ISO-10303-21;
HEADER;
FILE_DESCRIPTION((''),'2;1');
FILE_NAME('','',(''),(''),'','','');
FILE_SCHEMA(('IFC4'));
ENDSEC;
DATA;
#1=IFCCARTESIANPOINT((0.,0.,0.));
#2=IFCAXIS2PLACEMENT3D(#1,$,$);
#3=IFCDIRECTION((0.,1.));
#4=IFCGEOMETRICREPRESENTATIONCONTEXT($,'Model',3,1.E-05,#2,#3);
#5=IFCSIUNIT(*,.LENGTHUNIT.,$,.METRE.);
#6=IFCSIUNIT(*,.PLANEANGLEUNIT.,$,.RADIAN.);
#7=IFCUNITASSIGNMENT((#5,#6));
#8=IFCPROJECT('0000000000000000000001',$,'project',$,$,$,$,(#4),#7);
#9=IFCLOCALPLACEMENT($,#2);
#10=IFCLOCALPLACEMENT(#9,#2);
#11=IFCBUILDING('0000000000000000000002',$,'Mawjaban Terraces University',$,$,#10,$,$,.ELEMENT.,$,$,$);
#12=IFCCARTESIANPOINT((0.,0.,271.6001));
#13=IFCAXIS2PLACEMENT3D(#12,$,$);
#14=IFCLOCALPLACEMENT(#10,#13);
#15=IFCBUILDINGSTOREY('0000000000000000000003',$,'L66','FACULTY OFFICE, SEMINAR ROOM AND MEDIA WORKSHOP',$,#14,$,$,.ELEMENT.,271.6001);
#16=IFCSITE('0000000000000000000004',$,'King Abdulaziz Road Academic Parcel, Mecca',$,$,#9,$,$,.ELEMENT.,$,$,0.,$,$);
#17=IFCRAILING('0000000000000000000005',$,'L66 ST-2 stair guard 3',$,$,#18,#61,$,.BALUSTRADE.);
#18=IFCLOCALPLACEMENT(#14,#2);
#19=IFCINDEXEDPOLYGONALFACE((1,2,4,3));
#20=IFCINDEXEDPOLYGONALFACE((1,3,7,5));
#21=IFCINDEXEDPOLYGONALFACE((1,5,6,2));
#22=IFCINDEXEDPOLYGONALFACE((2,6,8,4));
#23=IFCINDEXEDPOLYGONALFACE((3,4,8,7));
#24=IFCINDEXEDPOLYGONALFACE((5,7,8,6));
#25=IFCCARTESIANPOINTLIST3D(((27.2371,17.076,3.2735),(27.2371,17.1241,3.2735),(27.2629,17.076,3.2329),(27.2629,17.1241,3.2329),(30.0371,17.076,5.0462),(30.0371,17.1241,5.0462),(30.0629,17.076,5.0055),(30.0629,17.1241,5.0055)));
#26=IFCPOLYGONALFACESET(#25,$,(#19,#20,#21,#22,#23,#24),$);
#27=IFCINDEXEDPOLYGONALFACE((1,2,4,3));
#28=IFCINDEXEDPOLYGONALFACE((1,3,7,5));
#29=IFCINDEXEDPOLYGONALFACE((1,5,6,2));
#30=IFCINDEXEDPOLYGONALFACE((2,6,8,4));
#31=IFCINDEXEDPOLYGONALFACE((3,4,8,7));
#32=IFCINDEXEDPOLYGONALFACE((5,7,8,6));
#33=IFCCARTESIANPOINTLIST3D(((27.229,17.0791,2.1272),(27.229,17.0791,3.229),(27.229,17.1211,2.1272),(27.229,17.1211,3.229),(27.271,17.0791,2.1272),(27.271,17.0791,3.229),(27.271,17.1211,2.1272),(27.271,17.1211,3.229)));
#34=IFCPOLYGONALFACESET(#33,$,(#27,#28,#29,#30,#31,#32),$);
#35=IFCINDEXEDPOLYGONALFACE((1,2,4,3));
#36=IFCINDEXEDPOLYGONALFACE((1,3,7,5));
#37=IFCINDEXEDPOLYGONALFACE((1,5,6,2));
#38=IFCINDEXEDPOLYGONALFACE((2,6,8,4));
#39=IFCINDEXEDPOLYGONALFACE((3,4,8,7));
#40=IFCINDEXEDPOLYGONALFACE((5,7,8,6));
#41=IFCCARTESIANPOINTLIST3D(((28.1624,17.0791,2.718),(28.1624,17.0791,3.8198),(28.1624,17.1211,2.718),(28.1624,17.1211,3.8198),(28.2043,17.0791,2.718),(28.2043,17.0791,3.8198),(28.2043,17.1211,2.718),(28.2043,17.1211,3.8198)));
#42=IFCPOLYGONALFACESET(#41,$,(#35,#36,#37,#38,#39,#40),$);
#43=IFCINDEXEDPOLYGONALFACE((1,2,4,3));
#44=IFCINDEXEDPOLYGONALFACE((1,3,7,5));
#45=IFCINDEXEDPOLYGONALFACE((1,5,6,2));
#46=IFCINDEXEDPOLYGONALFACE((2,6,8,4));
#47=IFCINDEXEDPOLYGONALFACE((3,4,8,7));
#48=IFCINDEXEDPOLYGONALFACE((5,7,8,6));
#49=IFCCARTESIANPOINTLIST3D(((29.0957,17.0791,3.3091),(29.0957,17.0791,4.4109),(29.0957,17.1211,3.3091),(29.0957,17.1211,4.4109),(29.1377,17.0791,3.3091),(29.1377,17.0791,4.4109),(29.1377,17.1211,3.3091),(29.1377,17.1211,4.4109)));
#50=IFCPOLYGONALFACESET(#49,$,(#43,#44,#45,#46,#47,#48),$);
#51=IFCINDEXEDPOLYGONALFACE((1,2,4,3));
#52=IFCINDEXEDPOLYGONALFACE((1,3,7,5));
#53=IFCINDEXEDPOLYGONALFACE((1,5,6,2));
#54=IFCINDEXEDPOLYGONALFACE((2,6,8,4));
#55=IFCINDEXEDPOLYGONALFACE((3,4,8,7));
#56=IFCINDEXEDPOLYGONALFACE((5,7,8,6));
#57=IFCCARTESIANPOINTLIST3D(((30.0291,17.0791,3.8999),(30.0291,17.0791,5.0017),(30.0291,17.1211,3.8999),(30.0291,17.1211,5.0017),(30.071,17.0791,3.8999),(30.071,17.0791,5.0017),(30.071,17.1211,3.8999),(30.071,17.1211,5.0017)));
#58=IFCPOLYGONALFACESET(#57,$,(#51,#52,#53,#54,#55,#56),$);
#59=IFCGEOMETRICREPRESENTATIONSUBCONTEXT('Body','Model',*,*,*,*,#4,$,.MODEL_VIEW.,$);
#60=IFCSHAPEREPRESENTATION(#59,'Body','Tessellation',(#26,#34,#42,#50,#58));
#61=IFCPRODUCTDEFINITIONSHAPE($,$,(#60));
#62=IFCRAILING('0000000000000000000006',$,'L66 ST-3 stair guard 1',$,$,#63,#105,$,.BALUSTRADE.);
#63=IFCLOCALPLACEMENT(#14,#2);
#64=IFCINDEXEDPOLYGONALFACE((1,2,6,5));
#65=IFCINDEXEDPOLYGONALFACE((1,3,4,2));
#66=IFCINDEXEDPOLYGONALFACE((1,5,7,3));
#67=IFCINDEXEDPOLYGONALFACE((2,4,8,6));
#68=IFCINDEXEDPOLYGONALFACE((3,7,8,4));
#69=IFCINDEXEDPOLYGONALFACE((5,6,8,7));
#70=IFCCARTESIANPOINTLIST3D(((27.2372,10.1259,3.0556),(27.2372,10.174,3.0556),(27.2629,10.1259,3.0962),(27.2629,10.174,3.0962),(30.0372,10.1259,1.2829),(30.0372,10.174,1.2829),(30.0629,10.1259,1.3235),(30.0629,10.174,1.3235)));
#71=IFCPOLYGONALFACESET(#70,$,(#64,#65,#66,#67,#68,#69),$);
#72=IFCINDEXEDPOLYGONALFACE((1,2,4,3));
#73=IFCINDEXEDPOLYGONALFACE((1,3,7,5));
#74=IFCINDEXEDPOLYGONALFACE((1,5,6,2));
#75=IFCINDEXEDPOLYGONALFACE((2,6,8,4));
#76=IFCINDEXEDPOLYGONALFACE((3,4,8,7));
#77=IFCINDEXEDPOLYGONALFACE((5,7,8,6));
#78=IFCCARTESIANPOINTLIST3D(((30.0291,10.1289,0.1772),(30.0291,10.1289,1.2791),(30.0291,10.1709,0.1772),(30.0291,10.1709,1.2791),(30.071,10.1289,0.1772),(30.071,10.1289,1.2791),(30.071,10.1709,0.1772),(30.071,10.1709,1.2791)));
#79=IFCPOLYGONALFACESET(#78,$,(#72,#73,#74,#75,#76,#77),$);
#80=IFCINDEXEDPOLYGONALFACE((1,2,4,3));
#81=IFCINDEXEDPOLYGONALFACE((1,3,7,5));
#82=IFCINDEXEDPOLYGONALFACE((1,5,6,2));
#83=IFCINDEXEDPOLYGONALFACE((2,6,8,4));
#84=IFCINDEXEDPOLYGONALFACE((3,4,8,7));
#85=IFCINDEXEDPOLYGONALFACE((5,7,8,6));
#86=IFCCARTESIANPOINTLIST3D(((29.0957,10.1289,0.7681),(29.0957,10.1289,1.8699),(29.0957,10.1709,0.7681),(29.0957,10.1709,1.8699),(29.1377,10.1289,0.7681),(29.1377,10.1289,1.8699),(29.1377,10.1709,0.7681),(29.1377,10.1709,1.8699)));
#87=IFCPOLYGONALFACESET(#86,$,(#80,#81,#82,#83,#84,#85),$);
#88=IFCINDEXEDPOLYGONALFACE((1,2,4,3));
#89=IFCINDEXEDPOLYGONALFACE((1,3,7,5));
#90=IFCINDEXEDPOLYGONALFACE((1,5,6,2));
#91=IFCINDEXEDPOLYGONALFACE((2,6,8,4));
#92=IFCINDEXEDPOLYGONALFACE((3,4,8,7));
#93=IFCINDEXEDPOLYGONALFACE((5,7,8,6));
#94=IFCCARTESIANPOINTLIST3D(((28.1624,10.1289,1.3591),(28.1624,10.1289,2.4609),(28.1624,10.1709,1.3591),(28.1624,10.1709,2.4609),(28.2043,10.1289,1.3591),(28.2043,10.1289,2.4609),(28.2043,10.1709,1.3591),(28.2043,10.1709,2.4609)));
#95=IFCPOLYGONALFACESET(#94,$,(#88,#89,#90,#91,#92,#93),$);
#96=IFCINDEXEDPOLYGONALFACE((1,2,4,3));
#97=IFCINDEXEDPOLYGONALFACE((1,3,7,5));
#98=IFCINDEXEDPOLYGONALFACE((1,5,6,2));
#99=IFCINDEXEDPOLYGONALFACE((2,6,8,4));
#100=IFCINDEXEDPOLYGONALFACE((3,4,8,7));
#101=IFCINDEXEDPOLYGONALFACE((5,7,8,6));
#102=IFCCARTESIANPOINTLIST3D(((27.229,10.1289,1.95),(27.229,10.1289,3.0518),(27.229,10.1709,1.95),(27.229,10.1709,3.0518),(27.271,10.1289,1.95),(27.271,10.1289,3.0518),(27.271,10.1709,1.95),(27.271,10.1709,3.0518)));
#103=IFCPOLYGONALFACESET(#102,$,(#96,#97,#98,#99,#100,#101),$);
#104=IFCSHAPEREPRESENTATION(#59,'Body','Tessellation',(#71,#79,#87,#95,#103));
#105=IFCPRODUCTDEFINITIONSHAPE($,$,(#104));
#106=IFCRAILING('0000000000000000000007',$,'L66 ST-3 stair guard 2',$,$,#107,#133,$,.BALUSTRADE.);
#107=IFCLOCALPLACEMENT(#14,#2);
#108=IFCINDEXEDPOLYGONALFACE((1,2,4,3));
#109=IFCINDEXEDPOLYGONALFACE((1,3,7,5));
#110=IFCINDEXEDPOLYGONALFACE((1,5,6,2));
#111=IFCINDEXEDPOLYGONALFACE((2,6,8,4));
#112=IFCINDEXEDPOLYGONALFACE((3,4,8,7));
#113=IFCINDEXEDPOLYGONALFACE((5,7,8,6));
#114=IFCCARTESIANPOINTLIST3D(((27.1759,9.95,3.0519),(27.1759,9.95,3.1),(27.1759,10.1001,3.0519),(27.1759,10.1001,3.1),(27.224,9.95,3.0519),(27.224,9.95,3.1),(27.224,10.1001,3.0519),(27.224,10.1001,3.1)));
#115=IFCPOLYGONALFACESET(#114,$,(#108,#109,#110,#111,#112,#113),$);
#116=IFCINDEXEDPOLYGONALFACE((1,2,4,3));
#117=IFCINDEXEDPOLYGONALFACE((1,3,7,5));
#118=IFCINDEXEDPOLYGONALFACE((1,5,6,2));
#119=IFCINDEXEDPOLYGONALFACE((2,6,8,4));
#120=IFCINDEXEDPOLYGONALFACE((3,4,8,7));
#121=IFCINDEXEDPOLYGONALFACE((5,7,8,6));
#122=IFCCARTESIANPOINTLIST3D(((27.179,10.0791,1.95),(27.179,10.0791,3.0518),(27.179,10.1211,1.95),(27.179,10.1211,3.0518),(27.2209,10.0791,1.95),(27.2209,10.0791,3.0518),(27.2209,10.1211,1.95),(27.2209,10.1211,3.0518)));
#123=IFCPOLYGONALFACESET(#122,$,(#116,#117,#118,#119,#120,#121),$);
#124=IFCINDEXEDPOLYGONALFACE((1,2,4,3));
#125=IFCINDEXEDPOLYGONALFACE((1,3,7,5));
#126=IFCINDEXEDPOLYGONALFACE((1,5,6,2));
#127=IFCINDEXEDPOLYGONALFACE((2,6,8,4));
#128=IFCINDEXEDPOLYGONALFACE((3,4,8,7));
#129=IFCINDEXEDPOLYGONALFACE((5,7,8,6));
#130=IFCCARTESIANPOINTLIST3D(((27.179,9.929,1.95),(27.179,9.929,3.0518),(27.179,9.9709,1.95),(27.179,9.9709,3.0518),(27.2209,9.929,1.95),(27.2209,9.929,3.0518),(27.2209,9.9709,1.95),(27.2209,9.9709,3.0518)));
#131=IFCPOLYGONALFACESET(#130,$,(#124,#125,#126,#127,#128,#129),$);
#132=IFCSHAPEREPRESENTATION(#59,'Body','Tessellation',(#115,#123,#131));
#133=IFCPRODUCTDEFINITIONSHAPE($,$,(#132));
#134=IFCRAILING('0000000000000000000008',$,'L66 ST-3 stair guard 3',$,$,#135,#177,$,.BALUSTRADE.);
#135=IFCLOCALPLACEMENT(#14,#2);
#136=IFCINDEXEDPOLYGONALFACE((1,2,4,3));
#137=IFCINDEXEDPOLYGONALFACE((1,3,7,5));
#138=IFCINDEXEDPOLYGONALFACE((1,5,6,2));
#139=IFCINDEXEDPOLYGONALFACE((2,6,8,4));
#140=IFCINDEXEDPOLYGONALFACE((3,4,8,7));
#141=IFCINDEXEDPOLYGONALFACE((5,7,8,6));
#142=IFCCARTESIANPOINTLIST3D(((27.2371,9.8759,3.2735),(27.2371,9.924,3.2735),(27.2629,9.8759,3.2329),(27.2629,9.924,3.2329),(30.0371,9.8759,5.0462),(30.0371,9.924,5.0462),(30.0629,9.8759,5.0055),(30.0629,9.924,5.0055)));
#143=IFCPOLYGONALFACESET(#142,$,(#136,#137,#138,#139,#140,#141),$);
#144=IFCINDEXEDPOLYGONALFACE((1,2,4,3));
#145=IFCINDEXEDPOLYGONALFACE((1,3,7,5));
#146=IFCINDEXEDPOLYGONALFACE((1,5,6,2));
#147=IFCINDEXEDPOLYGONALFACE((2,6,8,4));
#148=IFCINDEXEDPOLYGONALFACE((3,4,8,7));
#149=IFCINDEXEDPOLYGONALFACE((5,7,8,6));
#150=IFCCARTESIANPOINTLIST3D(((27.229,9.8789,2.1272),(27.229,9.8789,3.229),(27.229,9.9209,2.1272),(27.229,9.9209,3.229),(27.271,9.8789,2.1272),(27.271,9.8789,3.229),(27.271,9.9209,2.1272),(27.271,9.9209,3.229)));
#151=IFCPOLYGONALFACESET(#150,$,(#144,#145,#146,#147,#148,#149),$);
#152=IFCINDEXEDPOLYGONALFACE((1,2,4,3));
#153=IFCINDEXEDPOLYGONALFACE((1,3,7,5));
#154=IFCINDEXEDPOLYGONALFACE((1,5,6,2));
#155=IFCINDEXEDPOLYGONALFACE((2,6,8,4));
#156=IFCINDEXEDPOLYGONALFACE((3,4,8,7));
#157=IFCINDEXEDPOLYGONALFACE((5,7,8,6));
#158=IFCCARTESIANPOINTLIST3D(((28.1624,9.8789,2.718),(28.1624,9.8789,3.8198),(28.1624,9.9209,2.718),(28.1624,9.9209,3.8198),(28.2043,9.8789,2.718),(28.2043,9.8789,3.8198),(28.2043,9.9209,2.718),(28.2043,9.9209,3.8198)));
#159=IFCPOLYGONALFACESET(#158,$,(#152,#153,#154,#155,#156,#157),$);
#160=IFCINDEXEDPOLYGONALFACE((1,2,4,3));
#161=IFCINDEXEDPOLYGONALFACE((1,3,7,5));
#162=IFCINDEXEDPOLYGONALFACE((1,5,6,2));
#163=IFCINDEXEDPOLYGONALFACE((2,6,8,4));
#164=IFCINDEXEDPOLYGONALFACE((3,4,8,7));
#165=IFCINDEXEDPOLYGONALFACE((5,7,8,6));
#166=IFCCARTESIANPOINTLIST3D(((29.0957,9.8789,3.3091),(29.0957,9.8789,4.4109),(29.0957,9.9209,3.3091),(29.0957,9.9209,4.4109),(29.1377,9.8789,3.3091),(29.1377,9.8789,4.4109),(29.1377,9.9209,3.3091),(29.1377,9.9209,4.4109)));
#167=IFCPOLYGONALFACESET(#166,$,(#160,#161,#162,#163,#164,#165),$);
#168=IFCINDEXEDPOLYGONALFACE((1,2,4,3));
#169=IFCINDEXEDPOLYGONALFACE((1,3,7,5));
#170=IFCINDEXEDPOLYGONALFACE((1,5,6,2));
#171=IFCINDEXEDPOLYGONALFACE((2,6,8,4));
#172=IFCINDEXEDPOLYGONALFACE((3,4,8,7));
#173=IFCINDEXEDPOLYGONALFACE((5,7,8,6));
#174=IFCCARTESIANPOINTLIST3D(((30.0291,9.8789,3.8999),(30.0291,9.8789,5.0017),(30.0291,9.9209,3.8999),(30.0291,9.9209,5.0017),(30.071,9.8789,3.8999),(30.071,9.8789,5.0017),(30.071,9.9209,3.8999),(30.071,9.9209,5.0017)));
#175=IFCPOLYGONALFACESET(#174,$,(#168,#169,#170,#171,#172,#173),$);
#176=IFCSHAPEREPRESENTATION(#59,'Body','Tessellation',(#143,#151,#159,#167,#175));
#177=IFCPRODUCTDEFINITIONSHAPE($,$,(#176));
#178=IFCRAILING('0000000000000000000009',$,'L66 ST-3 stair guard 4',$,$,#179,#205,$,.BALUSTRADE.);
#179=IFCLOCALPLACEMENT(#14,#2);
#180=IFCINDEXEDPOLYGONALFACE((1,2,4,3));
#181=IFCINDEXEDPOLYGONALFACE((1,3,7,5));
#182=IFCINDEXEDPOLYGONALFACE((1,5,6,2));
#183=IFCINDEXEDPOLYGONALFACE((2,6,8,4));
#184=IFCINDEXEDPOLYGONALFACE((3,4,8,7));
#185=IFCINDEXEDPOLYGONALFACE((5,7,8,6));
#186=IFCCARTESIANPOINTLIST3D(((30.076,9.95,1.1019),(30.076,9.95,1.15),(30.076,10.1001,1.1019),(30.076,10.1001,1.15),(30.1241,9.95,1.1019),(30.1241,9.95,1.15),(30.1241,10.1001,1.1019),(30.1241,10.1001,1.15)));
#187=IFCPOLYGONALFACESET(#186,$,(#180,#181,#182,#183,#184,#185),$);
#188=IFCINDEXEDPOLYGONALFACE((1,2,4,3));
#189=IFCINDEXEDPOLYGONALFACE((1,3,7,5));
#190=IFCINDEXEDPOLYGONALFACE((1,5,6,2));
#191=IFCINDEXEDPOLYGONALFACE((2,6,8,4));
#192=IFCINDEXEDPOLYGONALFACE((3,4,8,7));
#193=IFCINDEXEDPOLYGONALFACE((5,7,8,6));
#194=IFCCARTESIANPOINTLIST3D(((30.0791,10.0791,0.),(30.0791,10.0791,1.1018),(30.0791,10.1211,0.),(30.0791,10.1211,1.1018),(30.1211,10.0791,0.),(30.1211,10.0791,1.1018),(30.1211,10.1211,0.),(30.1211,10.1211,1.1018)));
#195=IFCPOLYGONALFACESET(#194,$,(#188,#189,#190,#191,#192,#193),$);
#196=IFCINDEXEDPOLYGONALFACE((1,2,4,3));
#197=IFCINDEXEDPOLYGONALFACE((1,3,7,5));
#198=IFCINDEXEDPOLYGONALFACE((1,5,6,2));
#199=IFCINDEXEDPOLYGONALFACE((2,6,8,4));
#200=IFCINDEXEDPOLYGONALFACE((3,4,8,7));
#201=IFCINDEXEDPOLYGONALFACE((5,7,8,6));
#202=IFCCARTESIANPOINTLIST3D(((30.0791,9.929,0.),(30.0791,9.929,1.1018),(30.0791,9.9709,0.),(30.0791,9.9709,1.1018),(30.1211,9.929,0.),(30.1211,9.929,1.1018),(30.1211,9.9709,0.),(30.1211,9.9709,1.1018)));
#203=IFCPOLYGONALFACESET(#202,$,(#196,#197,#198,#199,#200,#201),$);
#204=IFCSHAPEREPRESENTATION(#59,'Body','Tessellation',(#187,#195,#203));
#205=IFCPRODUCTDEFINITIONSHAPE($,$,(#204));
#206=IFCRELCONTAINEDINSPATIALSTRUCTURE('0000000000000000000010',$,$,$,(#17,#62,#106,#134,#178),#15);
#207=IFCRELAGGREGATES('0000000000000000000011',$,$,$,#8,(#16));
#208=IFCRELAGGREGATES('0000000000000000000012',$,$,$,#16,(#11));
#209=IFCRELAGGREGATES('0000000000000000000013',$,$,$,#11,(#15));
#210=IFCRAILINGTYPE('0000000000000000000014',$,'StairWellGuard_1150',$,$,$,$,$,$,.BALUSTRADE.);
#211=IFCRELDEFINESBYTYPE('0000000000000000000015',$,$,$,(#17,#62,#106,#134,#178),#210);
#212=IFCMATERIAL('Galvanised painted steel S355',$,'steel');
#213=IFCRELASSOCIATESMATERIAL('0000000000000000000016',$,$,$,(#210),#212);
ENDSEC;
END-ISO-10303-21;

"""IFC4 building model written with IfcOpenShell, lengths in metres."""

from ifc_helpers import new_model, si_unit, direction, frame, origin, origin_2d, place, context, subcontext, project, spatial, rectangle, extrude, material, type_object, element, save


model = new_model("IFC4")

# Units and contexts
model_context = context("Model", 3, precision=1e-05, world=origin(), true_north=direction((0.0, 1.0)))
body_context = subcontext(model_context, "Body", "Model", "MODEL_VIEW")
ifc_project = project(units=[si_unit("LENGTHUNIT", "METRE"), si_unit("PLANEANGLEUNIT", "RADIAN")], contexts=[model_context])

# Site, building, storey
site_placement = place(None, origin())
site = spatial("IfcSite", under=ifc_project, at=site_placement, Name="King Abdulaziz Road Academic Parcel, Mecca", CompositionType="ELEMENT", RefElevation=0.0)
building_placement = place(site_placement, origin())
building = spatial("IfcBuilding", under=site, at=building_placement, Name="Mawjaban Terraces University", CompositionType="ELEMENT")
storey_placement = place(building_placement, frame((0.0, 0.0, 271.6001)))
storey = spatial("IfcBuildingStorey", under=building, at=storey_placement, Name="L66", Description="FACULTY OFFICE, SEMINAR ROOM AND MEDIA WORKSHOP", CompositionType="ELEMENT", Elevation=271.6001)

# Railings
ifc_material_1 = material(Name="Galvanised painted steel S355", Category="steel")
railing_type_1 = type_object("IfcRailingType", Name="StairWellGuard_1150", PredefinedType="BALUSTRADE", material=ifc_material_1)
railing_1_placement = place(storey_placement, frame((27.25, 17.1001, 2.1272)))
element("IfcRailing", 1, at=railing_1_placement, inside=storey, type_object=railing_type_1, Name="L66 ST-2 stair guard 3", PredefinedType="BALUSTRADE", context=body_context, shape_type="SweptSolid", body=[
    extrude(rectangle(XDim=0.0481, YDim=0.0481, at=origin_2d()), frame((0.0, 0.0, 1.126), z_axis=(0.844909, 0.0, 0.53491), x_axis=(0.0, 1.0, 0.0)), (0.0, 0.0, 1.0), 3.314),
    extrude(rectangle(XDim=0.042, YDim=0.042, at=origin_2d()), origin(), (0.0, 0.0, 1.0), 1.1018),
    extrude(rectangle(XDim=0.042, YDim=0.042, at=origin_2d()), frame((0.9333, 0.0, 0.5908)), (0.0, 0.0, 1.0), 1.1018),
    extrude(rectangle(XDim=0.042, YDim=0.042, at=origin_2d()), frame((1.8667, 0.0, 1.1819)), (0.0, 0.0, 1.0), 1.1018),
    extrude(rectangle(XDim=0.042, YDim=0.042, at=origin_2d()), frame((2.8, 0.0, 1.7727)), (0.0, 0.0, 1.0), 1.1018),
])
railing_2_placement = place(storey_placement, frame((30.05, 10.1499, 0.1772)))
element("IfcRailing", 2, at=railing_2_placement, inside=storey, type_object=railing_type_1, Name="L66 ST-3 stair guard 1", PredefinedType="BALUSTRADE", context=body_context, shape_type="SweptSolid", body=[
    extrude(rectangle(XDim=0.0481, YDim=0.0481, at=origin_2d()), frame((0.0, 0.0, 1.126), z_axis=(-0.844909, 0.0, 0.53491), x_axis=(0.0, -1.0, 0.0)), (0.0, 0.0, 1.0), 3.314),
    extrude(rectangle(XDim=0.042, YDim=0.042, at=origin_2d()), origin(), (0.0, 0.0, 1.0), 1.1018),
    extrude(rectangle(XDim=0.042, YDim=0.042, at=origin_2d()), frame((-0.9333, 0.0, 0.5908)), (0.0, 0.0, 1.0), 1.1018),
    extrude(rectangle(XDim=0.042, YDim=0.042, at=origin_2d()), frame((-1.8667, 0.0, 1.1819)), (0.0, 0.0, 1.0), 1.1018),
    extrude(rectangle(XDim=0.042, YDim=0.042, at=origin_2d()), frame((-2.8, 0.0, 1.7727)), (0.0, 0.0, 1.0), 1.1018),
])
railing_3_placement = place(storey_placement, frame((27.2, 10.1001, 1.95)))
element("IfcRailing", 3, at=railing_3_placement, inside=storey, type_object=railing_type_1, Name="L66 ST-3 stair guard 2", PredefinedType="BALUSTRADE", context=body_context, shape_type="SweptSolid", body=[
    extrude(rectangle(XDim=0.0481, YDim=0.0481, at=origin_2d()), frame((0.0, 0.0, 1.126), z_axis=(0.0, -1.0, 0.0), x_axis=(1.0, 0.0, 0.0)), (0.0, 0.0, 1.0), 0.1501),
    extrude(rectangle(XDim=0.042, YDim=0.042, at=origin_2d()), origin(), (0.0, 0.0, 1.0), 1.1018),
    extrude(rectangle(XDim=0.042, YDim=0.042, at=origin_2d()), frame((0.0, -0.1501, 0.0)), (0.0, 0.0, 1.0), 1.1018),
])
railing_4_placement = place(storey_placement, frame((27.25, 9.8999, 2.1272)))
element("IfcRailing", 4, at=railing_4_placement, inside=storey, type_object=railing_type_1, Name="L66 ST-3 stair guard 3", PredefinedType="BALUSTRADE", context=body_context, shape_type="SweptSolid", body=[
    extrude(rectangle(XDim=0.0481, YDim=0.0481, at=origin_2d()), frame((0.0, 0.0, 1.126), z_axis=(0.844909, 0.0, 0.53491), x_axis=(0.0, 1.0, 0.0)), (0.0, 0.0, 1.0), 3.314),
    extrude(rectangle(XDim=0.042, YDim=0.042, at=origin_2d()), origin(), (0.0, 0.0, 1.0), 1.1018),
    extrude(rectangle(XDim=0.042, YDim=0.042, at=origin_2d()), frame((0.9333, 0.0, 0.5908)), (0.0, 0.0, 1.0), 1.1018),
    extrude(rectangle(XDim=0.042, YDim=0.042, at=origin_2d()), frame((1.8667, 0.0, 1.1819)), (0.0, 0.0, 1.0), 1.1018),
    extrude(rectangle(XDim=0.042, YDim=0.042, at=origin_2d()), frame((2.8, 0.0, 1.7727)), (0.0, 0.0, 1.0), 1.1018),
])
railing_5_placement = place(storey_placement, frame((30.1001, 10.1001, 0.0)))
element("IfcRailing", 5, at=railing_5_placement, inside=storey, type_object=railing_type_1, Name="L66 ST-3 stair guard 4", PredefinedType="BALUSTRADE", context=body_context, shape_type="SweptSolid", body=[
    extrude(rectangle(XDim=0.0481, YDim=0.0481, at=origin_2d()), frame((0.0, 0.0, 1.126), z_axis=(0.0, -1.0, 0.0), x_axis=(1.0, 0.0, 0.0)), (0.0, 0.0, 1.0), 0.1501),
    extrude(rectangle(XDim=0.042, YDim=0.042, at=origin_2d()), origin(), (0.0, 0.0, 1.0), 1.1018),
    extrude(rectangle(XDim=0.042, YDim=0.042, at=origin_2d()), frame((0.0, -0.1501, 0.0)), (0.0, 0.0, 1.0), 1.1018),
])

save(model, "model.ifc")
